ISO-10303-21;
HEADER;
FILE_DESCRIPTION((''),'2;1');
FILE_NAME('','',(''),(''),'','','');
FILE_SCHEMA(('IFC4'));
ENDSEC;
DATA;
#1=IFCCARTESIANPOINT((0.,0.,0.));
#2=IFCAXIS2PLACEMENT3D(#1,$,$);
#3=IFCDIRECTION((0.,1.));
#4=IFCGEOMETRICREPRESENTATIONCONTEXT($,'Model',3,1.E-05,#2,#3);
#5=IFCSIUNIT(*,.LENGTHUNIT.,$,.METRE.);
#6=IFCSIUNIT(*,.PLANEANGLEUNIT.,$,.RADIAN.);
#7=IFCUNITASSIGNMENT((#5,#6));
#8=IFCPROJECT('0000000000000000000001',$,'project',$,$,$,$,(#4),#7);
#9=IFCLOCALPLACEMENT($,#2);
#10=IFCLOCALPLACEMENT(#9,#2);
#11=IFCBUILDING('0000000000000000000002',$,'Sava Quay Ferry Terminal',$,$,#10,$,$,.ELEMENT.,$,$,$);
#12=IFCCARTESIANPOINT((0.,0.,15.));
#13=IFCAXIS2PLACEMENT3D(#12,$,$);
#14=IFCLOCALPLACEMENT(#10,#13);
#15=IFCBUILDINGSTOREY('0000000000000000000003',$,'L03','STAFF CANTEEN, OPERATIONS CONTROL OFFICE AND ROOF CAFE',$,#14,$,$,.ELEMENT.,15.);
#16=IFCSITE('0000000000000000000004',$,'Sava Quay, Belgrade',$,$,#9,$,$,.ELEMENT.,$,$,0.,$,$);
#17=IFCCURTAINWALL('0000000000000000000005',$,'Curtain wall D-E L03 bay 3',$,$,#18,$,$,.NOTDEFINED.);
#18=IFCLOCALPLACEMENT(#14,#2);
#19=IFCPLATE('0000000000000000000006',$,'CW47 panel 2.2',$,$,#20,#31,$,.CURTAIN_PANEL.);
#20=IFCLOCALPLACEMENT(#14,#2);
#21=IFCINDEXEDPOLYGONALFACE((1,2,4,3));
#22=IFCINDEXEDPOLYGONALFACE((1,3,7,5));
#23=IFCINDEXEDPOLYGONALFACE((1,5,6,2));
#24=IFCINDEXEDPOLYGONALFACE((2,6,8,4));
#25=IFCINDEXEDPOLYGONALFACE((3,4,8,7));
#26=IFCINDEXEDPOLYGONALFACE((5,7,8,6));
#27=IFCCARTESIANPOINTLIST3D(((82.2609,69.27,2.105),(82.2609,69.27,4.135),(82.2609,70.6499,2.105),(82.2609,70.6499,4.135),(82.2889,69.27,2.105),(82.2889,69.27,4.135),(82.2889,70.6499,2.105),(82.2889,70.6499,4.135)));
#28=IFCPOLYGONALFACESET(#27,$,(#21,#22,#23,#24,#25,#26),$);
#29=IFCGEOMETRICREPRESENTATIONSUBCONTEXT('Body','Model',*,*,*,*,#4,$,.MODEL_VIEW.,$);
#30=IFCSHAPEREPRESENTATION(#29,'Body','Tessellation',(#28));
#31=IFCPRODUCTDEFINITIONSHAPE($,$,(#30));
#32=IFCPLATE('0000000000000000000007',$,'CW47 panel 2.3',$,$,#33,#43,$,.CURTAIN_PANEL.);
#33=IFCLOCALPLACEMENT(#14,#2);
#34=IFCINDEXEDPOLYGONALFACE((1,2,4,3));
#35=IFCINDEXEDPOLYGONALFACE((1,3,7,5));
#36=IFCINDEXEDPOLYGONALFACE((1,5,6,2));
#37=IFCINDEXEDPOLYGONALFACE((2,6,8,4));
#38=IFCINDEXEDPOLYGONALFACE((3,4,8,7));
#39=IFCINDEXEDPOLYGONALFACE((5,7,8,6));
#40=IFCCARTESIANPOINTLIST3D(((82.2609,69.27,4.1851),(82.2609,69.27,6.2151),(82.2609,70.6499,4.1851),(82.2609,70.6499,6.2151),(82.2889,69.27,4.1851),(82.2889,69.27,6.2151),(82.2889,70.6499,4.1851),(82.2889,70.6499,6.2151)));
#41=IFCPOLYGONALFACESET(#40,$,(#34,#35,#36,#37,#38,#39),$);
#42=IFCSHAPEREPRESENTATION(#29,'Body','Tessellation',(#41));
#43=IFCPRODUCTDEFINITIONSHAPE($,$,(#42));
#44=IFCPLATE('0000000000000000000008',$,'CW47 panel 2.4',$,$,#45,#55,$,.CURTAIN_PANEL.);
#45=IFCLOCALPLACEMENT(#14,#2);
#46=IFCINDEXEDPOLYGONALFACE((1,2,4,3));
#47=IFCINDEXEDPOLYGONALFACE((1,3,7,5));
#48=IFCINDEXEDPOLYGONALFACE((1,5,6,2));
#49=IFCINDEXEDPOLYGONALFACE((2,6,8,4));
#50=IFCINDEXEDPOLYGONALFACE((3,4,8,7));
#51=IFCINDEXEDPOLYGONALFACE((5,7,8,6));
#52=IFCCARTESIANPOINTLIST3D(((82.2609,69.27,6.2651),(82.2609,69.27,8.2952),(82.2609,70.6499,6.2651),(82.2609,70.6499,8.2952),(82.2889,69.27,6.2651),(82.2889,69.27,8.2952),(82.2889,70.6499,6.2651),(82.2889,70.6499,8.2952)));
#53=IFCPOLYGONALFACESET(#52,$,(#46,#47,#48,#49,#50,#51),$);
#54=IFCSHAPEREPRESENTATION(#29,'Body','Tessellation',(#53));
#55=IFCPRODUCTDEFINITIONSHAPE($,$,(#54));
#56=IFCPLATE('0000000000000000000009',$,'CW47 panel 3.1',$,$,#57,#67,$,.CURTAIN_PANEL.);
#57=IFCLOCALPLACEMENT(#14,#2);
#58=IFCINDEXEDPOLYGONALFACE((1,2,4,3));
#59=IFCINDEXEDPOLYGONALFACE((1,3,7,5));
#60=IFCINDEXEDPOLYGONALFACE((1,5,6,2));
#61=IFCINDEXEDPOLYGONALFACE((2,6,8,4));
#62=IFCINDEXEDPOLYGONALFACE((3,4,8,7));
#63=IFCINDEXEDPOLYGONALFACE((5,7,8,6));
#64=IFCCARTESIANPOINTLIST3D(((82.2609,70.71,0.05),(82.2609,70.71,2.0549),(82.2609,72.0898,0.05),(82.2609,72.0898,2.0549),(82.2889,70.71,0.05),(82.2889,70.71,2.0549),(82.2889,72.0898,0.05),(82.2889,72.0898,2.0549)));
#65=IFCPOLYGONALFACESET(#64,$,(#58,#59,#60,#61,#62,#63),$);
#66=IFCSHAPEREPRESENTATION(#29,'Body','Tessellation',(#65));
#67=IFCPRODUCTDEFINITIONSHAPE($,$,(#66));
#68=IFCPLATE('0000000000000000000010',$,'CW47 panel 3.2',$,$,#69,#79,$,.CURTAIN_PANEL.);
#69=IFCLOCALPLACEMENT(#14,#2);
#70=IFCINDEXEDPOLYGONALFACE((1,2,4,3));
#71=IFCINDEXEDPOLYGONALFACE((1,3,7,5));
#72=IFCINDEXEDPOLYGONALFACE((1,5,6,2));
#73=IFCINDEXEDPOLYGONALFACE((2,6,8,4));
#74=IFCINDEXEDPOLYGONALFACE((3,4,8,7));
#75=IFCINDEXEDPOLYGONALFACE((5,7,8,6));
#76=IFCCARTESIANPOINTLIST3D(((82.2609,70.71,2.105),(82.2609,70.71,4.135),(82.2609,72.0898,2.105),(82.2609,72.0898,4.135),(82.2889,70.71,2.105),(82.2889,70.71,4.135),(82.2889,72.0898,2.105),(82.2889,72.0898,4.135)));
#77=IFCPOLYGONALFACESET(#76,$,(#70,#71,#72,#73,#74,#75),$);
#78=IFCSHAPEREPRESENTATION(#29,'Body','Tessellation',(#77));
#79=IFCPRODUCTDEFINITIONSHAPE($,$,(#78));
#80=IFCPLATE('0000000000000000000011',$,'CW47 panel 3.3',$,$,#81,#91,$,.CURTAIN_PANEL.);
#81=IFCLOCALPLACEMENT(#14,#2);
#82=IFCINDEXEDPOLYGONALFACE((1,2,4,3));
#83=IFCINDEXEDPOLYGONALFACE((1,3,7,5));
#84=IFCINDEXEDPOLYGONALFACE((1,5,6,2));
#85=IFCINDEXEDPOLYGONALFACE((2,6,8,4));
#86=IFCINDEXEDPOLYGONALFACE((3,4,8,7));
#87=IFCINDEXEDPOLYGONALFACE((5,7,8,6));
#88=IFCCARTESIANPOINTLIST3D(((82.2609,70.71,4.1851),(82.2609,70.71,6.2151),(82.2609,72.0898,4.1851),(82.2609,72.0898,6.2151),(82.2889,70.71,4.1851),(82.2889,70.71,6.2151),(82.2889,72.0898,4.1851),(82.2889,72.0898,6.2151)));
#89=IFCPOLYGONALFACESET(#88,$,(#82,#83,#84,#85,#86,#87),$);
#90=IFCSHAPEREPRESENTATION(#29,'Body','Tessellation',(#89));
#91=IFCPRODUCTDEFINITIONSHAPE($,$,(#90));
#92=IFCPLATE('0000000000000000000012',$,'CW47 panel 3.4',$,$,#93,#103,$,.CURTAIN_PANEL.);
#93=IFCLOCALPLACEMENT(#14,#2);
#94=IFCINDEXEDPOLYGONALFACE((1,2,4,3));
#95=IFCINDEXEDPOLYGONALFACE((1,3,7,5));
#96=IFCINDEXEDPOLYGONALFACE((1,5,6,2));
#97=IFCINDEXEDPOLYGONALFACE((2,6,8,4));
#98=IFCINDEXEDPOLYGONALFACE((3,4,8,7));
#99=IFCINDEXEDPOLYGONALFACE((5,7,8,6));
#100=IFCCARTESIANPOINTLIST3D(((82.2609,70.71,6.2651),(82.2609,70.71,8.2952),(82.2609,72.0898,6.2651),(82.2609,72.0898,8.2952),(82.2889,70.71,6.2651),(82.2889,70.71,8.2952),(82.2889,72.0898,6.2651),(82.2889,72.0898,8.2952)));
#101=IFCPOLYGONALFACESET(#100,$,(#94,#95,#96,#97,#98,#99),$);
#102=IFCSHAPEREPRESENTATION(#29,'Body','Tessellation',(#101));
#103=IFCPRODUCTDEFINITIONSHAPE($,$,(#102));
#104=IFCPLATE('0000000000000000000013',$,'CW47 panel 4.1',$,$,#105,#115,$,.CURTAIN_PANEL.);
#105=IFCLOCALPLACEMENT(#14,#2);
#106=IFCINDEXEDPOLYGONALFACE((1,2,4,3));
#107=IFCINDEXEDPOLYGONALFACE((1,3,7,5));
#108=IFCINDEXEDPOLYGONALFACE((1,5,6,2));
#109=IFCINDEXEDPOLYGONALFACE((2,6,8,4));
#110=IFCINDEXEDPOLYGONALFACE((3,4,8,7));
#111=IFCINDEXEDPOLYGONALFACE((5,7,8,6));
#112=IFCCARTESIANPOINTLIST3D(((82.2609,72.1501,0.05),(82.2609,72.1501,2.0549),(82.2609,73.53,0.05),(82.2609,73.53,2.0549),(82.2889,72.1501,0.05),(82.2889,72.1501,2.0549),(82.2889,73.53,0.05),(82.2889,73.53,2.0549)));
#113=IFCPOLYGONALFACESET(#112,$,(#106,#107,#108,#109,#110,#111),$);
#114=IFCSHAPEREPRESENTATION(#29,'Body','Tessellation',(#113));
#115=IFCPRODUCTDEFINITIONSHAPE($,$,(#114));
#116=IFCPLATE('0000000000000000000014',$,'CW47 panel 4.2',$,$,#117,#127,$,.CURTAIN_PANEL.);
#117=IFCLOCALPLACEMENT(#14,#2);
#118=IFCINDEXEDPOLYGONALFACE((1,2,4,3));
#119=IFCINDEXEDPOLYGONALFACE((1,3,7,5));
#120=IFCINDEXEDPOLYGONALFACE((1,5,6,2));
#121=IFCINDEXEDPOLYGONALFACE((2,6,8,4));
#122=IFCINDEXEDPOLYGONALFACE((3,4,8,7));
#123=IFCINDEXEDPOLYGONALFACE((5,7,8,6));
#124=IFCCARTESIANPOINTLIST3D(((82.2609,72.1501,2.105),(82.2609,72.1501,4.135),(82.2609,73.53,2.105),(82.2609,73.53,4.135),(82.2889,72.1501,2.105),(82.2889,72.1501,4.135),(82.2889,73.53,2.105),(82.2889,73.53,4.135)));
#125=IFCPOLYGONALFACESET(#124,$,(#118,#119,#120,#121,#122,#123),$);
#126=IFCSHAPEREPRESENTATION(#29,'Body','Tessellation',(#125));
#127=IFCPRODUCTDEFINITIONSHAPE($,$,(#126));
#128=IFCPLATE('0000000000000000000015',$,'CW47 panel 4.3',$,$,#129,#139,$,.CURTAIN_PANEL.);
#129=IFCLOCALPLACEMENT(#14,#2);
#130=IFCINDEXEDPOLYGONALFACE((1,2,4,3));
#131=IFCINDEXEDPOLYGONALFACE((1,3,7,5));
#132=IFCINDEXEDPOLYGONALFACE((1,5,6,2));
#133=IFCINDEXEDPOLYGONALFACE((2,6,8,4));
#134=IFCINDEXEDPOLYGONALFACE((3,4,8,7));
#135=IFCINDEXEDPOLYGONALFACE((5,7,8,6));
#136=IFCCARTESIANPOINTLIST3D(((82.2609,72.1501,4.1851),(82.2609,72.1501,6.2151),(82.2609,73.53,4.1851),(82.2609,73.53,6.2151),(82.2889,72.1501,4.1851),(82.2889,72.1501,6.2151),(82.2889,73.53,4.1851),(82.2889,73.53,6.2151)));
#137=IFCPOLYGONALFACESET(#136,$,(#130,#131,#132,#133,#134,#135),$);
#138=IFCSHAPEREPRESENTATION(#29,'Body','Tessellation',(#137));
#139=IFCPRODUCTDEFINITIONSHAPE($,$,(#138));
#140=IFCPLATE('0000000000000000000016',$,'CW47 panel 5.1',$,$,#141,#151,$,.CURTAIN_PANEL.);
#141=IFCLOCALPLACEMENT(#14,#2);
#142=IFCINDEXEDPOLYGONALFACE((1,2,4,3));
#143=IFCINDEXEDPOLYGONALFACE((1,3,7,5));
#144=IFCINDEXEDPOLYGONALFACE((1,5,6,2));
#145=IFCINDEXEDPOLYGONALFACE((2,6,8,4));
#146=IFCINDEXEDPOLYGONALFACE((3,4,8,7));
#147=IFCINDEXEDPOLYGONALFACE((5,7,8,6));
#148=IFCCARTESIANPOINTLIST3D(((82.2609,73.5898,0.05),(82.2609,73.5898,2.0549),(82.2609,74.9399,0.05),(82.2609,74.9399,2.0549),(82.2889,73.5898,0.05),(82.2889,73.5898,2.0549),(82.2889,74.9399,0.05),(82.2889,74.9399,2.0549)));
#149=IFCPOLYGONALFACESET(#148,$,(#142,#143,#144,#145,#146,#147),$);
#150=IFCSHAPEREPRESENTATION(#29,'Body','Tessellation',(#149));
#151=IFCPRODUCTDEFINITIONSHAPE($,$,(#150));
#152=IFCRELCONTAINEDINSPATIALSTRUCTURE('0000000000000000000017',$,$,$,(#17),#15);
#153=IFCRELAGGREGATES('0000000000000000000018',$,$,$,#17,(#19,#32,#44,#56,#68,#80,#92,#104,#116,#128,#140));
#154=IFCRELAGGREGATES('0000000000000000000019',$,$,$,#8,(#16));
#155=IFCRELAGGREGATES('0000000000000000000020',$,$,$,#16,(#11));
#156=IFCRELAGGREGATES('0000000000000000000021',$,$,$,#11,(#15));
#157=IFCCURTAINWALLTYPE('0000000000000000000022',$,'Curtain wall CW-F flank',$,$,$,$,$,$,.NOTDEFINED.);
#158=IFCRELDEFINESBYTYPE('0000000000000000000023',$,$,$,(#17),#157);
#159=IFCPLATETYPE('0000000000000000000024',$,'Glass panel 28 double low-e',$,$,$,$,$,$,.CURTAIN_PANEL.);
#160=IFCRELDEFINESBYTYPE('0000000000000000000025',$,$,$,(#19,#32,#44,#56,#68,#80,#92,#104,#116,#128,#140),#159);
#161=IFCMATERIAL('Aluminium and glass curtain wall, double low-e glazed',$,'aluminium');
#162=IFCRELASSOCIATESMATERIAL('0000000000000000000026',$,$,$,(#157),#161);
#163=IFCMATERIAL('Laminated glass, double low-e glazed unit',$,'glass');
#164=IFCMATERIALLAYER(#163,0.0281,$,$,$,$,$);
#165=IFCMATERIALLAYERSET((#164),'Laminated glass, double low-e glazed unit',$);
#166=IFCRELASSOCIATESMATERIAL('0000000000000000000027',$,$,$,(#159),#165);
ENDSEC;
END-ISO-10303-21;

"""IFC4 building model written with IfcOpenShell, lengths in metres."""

from ifc_helpers import new_model, si_unit, direction, frame, origin, origin_2d, place, context, subcontext, project, spatial, rectangle, extrude, material, layer, layer_set, type_object, element, aggregate, save


model = new_model("IFC4")

# Units and contexts
model_context = context("Model", 3, precision=1e-05, world=origin(), true_north=direction((0.0, 1.0)))
body_context = subcontext(model_context, "Body", "Model", "MODEL_VIEW")
ifc_project = project(units=[si_unit("LENGTHUNIT", "METRE"), si_unit("PLANEANGLEUNIT", "RADIAN")], contexts=[model_context])

# Site, building, storey
site_placement = place(None, origin())
site = spatial("IfcSite", under=ifc_project, at=site_placement, Name="Sava Quay, Belgrade", CompositionType="ELEMENT", RefElevation=0.0)
building_placement = place(site_placement, origin())
building = spatial("IfcBuilding", under=site, at=building_placement, Name="Sava Quay Ferry Terminal", CompositionType="ELEMENT")
storey_placement = place(building_placement, frame((0.0, 0.0, 15.0)))
storey = spatial("IfcBuildingStorey", under=building, at=storey_placement, Name="L03", Description="STAFF CANTEEN, OPERATIONS CONTROL OFFICE AND ROOF CAFE", CompositionType="ELEMENT", Elevation=15.0)

# Curtain wall, plates
ifc_material_1 = material(Name="Aluminium and glass curtain wall, double low-e glazed", Category="aluminium")
curtain_wall_type = type_object("IfcCurtainWallType", Name="Curtain wall CW-F flank", PredefinedType="NOTDEFINED", material=ifc_material_1)
curtain_wall_placement = place(storey_placement, origin())
curtain_wall = element("IfcCurtainWall", 1, at=curtain_wall_placement, inside=storey, type_object=curtain_wall_type, Name="Curtain wall D-E L03 bay 3", PredefinedType="NOTDEFINED")
ifc_material_2 = material(Name="Laminated glass, double low-e glazed unit", Category="glass")
ifc_layer = layer(ifc_material_2, 0.0281)
ifc_layer_set = layer_set([ifc_layer], Name="Laminated glass, double low-e glazed unit")
plate_type = type_object("IfcPlateType", Name="Glass panel 28 double low-e", PredefinedType="CURTAIN_PANEL", material=ifc_layer_set)
plate_1_placement = place(storey_placement, frame((82.2749, 69.96, 2.105), z_axis=(0.0, 0.0, 1.0), x_axis=(0.0, 1.0, 0.0)))
plate_1 = element("IfcPlate", 2, at=plate_1_placement, type_object=plate_type, Name="CW47 panel 2.2", PredefinedType="CURTAIN_PANEL", context=body_context, shape_type="SweptSolid", body=[
    extrude(rectangle(XDim=1.3799, YDim=0.0281, at=origin_2d()), origin(), (0.0, 0.0, 1.0), 2.03),
])
plate_2_placement = place(storey_placement, frame((82.2749, 69.96, 4.1851), z_axis=(0.0, 0.0, 1.0), x_axis=(0.0, 1.0, 0.0)))
plate_2 = element("IfcPlate", 3, at=plate_2_placement, type_object=plate_type, Name="CW47 panel 2.3", PredefinedType="CURTAIN_PANEL", context=body_context, shape_type="SweptSolid", body=[
    extrude(rectangle(XDim=1.3799, YDim=0.0281, at=origin_2d()), origin(), (0.0, 0.0, 1.0), 2.03),
])
plate_3_placement = place(storey_placement, frame((82.2749, 69.96, 6.2651), z_axis=(0.0, 0.0, 1.0), x_axis=(0.0, 1.0, 0.0)))
plate_3 = element("IfcPlate", 4, at=plate_3_placement, type_object=plate_type, Name="CW47 panel 2.4", PredefinedType="CURTAIN_PANEL", context=body_context, shape_type="SweptSolid", body=[
    extrude(rectangle(XDim=1.3799, YDim=0.0281, at=origin_2d()), origin(), (0.0, 0.0, 1.0), 2.03),
])
plate_4_placement = place(storey_placement, frame((82.2749, 71.3999, 0.05), z_axis=(0.0, 0.0, 1.0), x_axis=(0.0, 1.0, 0.0)))
plate_4 = element("IfcPlate", 5, at=plate_4_placement, type_object=plate_type, Name="CW47 panel 3.1", PredefinedType="CURTAIN_PANEL", context=body_context, shape_type="SweptSolid", body=[
    extrude(rectangle(XDim=1.3799, YDim=0.0281, at=origin_2d()), origin(), (0.0, 0.0, 1.0), 2.0049),
])
plate_5_placement = place(storey_placement, frame((82.2749, 71.3999, 2.105), z_axis=(0.0, 0.0, 1.0), x_axis=(0.0, 1.0, 0.0)))
plate_5 = element("IfcPlate", 6, at=plate_5_placement, type_object=plate_type, Name="CW47 panel 3.2", PredefinedType="CURTAIN_PANEL", context=body_context, shape_type="SweptSolid", body=[
    extrude(rectangle(XDim=1.3799, YDim=0.0281, at=origin_2d()), origin(), (0.0, 0.0, 1.0), 2.03),
])
plate_6_placement = place(storey_placement, frame((82.2749, 71.3999, 4.1851), z_axis=(0.0, 0.0, 1.0), x_axis=(0.0, 1.0, 0.0)))
plate_6 = element("IfcPlate", 7, at=plate_6_placement, type_object=plate_type, Name="CW47 panel 3.3", PredefinedType="CURTAIN_PANEL", context=body_context, shape_type="SweptSolid", body=[
    extrude(rectangle(XDim=1.3799, YDim=0.0281, at=origin_2d()), origin(), (0.0, 0.0, 1.0), 2.03),
])
plate_7_placement = place(storey_placement, frame((82.2749, 71.3999, 6.2651), z_axis=(0.0, 0.0, 1.0), x_axis=(0.0, 1.0, 0.0)))
plate_7 = element("IfcPlate", 8, at=plate_7_placement, type_object=plate_type, Name="CW47 panel 3.4", PredefinedType="CURTAIN_PANEL", context=body_context, shape_type="SweptSolid", body=[
    extrude(rectangle(XDim=1.3799, YDim=0.0281, at=origin_2d()), origin(), (0.0, 0.0, 1.0), 2.03),
])
plate_8_placement = place(storey_placement, frame((82.2749, 72.8401, 0.05), z_axis=(0.0, 0.0, 1.0), x_axis=(0.0, 1.0, 0.0)))
plate_8 = element("IfcPlate", 9, at=plate_8_placement, type_object=plate_type, Name="CW47 panel 4.1", PredefinedType="CURTAIN_PANEL", context=body_context, shape_type="SweptSolid", body=[
    extrude(rectangle(XDim=1.3799, YDim=0.0281, at=origin_2d()), origin(), (0.0, 0.0, 1.0), 2.0049),
])
plate_9_placement = place(storey_placement, frame((82.2749, 72.8401, 2.105), z_axis=(0.0, 0.0, 1.0), x_axis=(0.0, 1.0, 0.0)))
plate_9 = element("IfcPlate", 10, at=plate_9_placement, type_object=plate_type, Name="CW47 panel 4.2", PredefinedType="CURTAIN_PANEL", context=body_context, shape_type="SweptSolid", body=[
    extrude(rectangle(XDim=1.3799, YDim=0.0281, at=origin_2d()), origin(), (0.0, 0.0, 1.0), 2.03),
])
plate_10_placement = place(storey_placement, frame((82.2749, 72.8401, 4.1851), z_axis=(0.0, 0.0, 1.0), x_axis=(0.0, 1.0, 0.0)))
plate_10 = element("IfcPlate", 11, at=plate_10_placement, type_object=plate_type, Name="CW47 panel 4.3", PredefinedType="CURTAIN_PANEL", context=body_context, shape_type="SweptSolid", body=[
    extrude(rectangle(XDim=1.3799, YDim=0.0281, at=origin_2d()), origin(), (0.0, 0.0, 1.0), 2.03),
])
plate_11_placement = place(storey_placement, frame((82.2749, 74.2649, 0.05), z_axis=(0.0, 0.0, 1.0), x_axis=(0.0, 1.0, 0.0)))
plate_11 = element("IfcPlate", 12, at=plate_11_placement, type_object=plate_type, Name="CW47 panel 5.1", PredefinedType="CURTAIN_PANEL", context=body_context, shape_type="SweptSolid", body=[
    extrude(rectangle(XDim=1.3501, YDim=0.0281, at=origin_2d()), origin(), (0.0, 0.0, 1.0), 2.0049),
])
aggregate(curtain_wall, [plate_1, plate_2, plate_3, plate_4, plate_5, plate_6, plate_7, plate_8, plate_9, plate_10, plate_11])

save(model, "model.ifc")
